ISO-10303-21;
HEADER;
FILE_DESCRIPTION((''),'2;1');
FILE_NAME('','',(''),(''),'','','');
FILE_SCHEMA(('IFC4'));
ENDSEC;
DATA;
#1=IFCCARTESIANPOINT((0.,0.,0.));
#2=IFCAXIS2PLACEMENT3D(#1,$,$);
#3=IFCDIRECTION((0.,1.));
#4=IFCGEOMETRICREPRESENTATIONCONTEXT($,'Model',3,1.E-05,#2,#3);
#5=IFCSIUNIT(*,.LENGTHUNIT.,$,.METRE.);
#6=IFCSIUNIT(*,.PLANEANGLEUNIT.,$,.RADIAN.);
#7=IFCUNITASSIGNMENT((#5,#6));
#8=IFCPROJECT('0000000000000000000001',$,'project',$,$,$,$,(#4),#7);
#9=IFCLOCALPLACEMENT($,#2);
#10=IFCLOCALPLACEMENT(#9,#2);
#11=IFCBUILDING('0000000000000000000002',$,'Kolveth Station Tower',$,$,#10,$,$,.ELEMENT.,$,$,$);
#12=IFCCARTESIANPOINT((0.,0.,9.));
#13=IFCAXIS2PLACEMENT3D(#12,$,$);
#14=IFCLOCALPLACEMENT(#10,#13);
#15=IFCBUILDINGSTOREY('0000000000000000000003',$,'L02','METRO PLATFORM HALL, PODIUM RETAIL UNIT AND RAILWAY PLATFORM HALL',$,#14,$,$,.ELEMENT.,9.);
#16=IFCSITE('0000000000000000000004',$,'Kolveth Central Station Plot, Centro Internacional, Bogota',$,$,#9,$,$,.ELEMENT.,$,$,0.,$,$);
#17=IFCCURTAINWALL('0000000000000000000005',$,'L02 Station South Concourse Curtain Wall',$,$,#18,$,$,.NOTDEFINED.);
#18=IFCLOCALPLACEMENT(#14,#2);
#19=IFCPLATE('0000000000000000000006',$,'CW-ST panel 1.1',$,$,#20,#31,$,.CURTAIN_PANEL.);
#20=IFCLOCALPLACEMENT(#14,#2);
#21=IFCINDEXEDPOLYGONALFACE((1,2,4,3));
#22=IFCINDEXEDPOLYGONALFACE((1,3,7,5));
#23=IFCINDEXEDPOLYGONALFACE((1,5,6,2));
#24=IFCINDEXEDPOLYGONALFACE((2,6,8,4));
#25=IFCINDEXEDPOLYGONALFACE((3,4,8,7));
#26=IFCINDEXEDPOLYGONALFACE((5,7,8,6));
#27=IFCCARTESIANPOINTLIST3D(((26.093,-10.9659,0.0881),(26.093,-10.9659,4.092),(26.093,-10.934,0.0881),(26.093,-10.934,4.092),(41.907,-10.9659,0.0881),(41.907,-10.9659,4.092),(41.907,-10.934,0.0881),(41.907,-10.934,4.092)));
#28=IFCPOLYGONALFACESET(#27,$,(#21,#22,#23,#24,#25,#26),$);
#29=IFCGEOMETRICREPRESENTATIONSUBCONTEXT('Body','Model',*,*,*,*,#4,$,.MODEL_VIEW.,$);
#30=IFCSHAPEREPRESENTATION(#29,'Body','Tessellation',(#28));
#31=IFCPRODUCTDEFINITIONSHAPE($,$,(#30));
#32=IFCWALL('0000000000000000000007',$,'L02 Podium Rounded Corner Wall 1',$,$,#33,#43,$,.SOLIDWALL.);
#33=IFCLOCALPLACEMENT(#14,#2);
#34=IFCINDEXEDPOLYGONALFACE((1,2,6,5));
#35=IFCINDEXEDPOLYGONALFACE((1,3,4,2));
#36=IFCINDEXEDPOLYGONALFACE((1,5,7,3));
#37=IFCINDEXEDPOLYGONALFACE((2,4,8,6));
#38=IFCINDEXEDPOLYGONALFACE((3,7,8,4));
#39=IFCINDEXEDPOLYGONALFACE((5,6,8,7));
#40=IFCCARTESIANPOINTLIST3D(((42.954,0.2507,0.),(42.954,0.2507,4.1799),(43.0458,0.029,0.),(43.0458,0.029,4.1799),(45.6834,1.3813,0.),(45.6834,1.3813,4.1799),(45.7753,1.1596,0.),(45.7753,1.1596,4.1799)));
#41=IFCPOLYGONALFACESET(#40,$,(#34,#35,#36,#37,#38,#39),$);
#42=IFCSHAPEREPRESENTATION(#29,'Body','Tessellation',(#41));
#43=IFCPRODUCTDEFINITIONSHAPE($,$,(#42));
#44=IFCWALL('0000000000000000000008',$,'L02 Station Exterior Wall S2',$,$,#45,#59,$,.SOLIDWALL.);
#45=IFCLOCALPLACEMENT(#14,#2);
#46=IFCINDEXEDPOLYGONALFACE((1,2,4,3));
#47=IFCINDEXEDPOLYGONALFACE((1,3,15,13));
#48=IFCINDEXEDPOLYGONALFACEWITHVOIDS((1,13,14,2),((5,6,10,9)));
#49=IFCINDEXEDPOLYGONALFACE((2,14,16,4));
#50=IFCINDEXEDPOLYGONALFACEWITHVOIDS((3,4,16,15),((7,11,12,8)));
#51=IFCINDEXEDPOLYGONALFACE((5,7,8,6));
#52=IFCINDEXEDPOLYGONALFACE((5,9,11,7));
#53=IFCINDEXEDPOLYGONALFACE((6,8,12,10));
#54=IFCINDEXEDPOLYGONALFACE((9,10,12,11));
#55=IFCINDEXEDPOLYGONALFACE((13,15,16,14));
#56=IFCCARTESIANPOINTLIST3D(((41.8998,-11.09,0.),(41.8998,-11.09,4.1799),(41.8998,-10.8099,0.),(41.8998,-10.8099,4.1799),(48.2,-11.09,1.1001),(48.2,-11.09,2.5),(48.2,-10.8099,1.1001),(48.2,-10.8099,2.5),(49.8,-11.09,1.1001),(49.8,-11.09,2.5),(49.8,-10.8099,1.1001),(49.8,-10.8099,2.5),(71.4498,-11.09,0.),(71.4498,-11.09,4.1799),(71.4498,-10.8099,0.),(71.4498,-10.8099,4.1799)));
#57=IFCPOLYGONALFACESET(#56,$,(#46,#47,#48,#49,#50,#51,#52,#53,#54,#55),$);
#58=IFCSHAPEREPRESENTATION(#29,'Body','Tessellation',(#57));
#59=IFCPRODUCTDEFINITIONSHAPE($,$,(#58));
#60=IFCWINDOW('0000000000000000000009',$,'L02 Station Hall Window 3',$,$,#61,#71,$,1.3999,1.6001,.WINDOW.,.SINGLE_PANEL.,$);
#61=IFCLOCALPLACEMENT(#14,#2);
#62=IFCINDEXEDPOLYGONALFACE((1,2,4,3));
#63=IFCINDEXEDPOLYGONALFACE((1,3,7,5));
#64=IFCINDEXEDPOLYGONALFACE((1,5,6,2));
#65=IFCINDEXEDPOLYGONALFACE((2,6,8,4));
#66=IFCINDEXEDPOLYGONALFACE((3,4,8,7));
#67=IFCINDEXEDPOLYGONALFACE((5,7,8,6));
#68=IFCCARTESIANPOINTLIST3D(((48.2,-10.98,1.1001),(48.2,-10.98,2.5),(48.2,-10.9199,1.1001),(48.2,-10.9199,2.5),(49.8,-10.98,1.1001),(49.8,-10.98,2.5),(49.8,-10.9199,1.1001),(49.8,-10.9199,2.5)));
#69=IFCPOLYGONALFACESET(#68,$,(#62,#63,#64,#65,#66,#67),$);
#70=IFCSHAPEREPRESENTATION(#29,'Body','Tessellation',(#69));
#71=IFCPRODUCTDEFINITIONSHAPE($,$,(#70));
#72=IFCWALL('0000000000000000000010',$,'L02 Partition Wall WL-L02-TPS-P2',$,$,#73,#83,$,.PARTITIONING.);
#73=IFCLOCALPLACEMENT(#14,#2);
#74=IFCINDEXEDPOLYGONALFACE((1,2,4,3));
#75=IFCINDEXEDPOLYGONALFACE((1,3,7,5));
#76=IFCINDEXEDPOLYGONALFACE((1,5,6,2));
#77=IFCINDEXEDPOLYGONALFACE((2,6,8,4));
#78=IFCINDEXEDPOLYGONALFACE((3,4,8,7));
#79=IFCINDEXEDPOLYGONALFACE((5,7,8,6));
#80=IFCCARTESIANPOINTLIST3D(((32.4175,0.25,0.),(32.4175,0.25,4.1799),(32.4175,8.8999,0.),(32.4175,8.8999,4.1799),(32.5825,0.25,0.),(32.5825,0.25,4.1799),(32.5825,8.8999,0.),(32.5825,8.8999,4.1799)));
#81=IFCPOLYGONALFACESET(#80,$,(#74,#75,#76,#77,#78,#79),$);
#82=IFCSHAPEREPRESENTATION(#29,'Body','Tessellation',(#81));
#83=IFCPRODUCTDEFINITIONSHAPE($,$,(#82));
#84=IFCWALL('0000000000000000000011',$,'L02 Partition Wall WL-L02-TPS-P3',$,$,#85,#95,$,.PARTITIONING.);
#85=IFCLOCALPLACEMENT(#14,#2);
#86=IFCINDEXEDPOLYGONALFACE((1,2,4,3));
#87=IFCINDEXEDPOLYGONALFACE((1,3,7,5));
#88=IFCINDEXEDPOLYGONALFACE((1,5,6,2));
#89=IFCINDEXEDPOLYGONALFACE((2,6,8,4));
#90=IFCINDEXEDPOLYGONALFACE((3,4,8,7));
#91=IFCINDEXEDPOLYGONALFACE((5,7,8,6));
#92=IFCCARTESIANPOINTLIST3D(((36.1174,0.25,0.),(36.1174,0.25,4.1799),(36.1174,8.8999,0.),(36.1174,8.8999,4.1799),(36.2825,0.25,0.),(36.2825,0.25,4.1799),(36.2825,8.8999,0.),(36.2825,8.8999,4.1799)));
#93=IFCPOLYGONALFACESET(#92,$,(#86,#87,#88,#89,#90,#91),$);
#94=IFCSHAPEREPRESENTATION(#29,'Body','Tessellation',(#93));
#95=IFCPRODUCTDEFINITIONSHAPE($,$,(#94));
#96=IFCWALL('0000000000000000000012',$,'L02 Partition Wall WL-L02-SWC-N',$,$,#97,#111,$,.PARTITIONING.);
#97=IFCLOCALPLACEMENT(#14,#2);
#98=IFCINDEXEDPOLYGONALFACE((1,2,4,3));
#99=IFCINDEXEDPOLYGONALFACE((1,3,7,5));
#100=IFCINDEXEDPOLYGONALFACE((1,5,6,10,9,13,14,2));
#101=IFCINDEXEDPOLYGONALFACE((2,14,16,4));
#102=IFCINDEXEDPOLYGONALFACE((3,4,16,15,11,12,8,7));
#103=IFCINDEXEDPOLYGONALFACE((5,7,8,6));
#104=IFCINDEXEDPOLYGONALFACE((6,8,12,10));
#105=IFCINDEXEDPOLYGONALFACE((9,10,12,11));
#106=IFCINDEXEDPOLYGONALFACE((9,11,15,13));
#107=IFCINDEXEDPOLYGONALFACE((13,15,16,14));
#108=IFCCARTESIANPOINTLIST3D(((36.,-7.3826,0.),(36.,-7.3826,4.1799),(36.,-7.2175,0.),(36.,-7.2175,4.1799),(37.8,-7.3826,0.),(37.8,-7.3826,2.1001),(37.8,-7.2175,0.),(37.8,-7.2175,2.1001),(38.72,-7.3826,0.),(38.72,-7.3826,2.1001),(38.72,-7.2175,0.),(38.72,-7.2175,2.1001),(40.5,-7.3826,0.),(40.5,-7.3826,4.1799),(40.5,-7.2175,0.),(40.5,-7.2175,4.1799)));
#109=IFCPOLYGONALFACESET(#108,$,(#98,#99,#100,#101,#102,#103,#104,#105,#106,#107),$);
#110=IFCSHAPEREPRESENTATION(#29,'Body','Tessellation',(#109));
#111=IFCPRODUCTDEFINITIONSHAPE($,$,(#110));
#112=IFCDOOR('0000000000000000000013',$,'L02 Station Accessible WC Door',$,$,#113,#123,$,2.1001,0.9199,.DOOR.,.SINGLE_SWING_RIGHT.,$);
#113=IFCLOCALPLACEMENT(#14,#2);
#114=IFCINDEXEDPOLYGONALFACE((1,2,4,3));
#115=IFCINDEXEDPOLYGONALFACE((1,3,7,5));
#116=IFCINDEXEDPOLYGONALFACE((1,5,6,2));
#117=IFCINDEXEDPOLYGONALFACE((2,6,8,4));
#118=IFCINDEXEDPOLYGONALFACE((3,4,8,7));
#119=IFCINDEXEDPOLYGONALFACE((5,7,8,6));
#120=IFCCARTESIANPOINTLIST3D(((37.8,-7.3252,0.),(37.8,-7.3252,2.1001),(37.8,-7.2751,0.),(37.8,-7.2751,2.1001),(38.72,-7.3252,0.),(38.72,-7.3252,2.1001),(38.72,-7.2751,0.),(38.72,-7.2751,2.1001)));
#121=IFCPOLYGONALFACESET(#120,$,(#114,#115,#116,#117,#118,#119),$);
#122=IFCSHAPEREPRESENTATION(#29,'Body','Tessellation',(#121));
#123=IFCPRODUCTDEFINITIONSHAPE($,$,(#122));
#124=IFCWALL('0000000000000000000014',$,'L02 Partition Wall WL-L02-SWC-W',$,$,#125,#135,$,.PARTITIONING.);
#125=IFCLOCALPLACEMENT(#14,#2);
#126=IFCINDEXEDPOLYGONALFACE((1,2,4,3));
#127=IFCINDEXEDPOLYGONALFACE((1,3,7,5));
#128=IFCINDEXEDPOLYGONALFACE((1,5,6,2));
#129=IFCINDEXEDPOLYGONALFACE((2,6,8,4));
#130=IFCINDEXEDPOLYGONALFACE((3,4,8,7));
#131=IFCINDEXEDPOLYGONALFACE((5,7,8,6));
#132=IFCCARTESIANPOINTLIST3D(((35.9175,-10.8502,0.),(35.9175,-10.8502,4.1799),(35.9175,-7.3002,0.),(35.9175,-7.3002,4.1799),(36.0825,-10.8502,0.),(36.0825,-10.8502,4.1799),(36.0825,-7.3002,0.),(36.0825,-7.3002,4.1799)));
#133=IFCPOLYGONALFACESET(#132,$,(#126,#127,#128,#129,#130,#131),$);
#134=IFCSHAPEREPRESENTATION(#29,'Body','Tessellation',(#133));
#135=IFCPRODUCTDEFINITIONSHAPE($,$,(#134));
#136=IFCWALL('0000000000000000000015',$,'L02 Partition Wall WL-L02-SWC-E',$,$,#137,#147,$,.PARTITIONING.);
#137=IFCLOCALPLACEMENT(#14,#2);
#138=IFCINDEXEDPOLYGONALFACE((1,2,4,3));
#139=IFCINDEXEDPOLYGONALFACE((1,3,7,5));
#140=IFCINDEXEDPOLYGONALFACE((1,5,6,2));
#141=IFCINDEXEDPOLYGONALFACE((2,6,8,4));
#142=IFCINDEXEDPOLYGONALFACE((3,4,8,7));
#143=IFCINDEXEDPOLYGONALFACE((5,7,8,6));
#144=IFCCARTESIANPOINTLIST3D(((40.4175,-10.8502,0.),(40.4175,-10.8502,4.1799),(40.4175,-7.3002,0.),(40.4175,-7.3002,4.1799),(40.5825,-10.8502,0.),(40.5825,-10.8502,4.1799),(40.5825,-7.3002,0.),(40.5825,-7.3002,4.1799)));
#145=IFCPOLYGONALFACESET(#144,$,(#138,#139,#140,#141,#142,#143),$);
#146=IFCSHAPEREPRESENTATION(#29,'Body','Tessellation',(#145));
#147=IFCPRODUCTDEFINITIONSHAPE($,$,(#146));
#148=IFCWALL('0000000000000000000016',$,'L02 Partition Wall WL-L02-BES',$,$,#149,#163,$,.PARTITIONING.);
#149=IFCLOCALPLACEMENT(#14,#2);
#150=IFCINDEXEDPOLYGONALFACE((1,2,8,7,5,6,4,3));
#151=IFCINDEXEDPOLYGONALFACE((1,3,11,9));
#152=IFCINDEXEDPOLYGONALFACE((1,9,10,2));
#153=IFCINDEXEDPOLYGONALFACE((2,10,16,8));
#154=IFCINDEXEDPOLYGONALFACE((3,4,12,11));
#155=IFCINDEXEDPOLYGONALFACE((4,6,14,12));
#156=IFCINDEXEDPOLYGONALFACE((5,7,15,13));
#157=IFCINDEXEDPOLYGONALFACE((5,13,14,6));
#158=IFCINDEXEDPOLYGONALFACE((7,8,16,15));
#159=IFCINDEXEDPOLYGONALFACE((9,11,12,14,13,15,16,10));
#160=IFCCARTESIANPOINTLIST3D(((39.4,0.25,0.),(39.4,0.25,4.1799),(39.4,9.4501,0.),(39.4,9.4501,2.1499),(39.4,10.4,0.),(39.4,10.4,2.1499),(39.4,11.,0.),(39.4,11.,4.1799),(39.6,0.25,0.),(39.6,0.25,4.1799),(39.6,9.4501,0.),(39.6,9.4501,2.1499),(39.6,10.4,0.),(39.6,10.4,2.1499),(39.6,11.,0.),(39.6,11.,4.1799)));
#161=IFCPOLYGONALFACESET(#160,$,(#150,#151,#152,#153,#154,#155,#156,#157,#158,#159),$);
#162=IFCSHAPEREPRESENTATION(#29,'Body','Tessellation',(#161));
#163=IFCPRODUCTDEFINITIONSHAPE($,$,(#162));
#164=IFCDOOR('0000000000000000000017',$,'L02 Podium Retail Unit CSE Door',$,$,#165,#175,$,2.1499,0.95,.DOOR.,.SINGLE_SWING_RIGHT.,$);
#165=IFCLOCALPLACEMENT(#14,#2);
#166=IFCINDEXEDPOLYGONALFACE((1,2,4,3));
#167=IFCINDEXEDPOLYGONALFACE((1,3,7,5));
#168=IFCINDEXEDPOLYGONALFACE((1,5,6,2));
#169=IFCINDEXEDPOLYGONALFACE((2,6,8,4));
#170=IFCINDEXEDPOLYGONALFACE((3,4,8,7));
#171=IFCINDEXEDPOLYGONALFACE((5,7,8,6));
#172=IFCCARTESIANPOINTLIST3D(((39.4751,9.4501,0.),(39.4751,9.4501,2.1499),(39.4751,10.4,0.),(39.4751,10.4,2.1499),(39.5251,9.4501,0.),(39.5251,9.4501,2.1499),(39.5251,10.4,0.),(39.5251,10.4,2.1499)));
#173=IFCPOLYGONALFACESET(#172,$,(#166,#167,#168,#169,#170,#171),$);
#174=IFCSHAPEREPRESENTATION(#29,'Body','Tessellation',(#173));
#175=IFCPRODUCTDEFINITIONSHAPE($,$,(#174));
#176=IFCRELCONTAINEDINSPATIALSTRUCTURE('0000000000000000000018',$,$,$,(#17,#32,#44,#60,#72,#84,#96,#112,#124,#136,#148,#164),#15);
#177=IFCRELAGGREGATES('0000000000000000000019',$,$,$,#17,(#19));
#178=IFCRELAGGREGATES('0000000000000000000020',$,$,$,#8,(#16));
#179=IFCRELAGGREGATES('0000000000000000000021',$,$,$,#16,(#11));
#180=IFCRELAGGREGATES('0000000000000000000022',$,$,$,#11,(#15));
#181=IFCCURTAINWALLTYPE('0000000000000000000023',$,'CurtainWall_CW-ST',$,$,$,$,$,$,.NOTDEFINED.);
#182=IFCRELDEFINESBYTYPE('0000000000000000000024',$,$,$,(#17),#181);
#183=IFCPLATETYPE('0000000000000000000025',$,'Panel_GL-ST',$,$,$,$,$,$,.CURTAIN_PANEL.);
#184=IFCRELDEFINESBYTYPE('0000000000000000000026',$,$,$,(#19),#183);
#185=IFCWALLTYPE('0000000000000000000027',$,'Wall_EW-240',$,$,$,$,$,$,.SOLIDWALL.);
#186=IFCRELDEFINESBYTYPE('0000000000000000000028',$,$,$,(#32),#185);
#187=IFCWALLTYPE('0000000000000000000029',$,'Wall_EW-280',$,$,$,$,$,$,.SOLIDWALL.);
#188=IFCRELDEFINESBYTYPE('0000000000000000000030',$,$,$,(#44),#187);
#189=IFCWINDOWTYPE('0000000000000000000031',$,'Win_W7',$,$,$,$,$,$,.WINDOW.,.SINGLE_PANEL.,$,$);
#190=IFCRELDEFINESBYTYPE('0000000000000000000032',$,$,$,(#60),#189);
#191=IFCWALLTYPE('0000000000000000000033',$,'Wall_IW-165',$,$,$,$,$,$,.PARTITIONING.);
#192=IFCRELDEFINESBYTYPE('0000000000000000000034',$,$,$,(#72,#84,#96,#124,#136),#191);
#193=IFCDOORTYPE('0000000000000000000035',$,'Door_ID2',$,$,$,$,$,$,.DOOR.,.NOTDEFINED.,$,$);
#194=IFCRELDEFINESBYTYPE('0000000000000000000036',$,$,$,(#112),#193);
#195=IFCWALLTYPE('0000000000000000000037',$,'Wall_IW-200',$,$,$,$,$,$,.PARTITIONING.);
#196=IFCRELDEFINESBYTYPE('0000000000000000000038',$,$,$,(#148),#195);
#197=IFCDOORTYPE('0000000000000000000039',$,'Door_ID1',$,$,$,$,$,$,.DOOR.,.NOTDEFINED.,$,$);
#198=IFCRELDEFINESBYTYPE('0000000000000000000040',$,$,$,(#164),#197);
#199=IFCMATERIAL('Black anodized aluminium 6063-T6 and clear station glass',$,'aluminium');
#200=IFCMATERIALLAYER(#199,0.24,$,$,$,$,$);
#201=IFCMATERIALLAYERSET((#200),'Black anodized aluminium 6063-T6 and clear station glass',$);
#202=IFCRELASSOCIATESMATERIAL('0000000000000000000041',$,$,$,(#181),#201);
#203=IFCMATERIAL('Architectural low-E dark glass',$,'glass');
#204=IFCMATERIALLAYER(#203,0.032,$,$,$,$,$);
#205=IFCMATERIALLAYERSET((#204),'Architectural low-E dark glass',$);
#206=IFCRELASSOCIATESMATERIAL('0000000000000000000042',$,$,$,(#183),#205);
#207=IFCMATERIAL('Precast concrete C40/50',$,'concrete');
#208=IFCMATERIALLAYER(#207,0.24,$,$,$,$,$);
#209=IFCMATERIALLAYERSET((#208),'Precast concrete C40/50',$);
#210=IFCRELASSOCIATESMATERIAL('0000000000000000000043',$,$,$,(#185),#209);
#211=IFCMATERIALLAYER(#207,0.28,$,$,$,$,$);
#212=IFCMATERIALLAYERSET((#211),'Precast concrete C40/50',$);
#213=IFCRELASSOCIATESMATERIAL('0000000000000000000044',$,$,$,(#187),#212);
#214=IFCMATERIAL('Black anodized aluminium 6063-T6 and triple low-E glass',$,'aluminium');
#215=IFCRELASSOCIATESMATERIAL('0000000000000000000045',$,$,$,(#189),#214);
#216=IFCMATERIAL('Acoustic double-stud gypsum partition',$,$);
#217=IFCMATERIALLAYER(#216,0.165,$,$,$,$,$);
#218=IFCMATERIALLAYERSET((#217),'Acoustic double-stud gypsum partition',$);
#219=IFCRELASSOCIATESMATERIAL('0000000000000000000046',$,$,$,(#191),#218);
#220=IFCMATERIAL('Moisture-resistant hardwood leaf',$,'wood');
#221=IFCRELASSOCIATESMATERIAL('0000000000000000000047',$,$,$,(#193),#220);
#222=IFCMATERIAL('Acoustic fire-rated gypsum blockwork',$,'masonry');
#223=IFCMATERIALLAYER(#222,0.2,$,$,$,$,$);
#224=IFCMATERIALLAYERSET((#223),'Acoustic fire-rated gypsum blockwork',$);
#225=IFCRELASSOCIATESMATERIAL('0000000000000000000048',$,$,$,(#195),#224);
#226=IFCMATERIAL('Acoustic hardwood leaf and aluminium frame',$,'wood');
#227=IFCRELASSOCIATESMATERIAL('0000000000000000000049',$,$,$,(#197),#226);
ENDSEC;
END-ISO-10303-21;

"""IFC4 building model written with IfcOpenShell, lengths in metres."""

from ifc_helpers import new_model, si_unit, direction, frame, frame_2d, origin, origin_2d, place, context, subcontext, project, spatial, rectangle, extrude, source, transform, mapped, material, layer, layer_set, type_object, element, fill, aggregate, save


model = new_model("IFC4")

# Units and contexts
model_context = context("Model", 3, precision=1e-05, world=origin(), true_north=direction((0.0, 1.0)))
body_context = subcontext(model_context, "Body", "Model", "MODEL_VIEW")
ifc_project = project(units=[si_unit("LENGTHUNIT", "METRE"), si_unit("PLANEANGLEUNIT", "RADIAN")], contexts=[model_context])

# Site, building, storey
site_placement = place(None, origin())
site = spatial("IfcSite", under=ifc_project, at=site_placement, Name="Kolveth Central Station Plot, Centro Internacional, Bogota", CompositionType="ELEMENT", RefElevation=0.0)
building_placement = place(site_placement, origin())
building = spatial("IfcBuilding", under=site, at=building_placement, Name="Kolveth Station Tower", CompositionType="ELEMENT")
storey_placement = place(building_placement, frame((0.0, 0.0, 9.0)))
storey = spatial("IfcBuildingStorey", under=building, at=storey_placement, Name="L02", Description="METRO PLATFORM HALL, PODIUM RETAIL UNIT AND RAILWAY PLATFORM HALL", CompositionType="ELEMENT", Elevation=9.0)

# Shared definitions
ifc_material_1 = material(Name="Black anodized aluminium 6063-T6 and clear station glass", Category="aluminium")
ifc_layer_1 = layer(ifc_material_1, 0.24)
ifc_layer_set_1 = layer_set([ifc_layer_1], Name="Black anodized aluminium 6063-T6 and clear station glass")
curtain_wall_type = type_object("IfcCurtainWallType", Name="CurtainWall_CW-ST", PredefinedType="NOTDEFINED", material=ifc_layer_set_1)

# Curtain wall
curtain_wall_1_placement = place(storey_placement, origin())
curtain_wall_1 = element("IfcCurtainWall", 1, at=curtain_wall_1_placement, inside=storey, type_object=curtain_wall_type, Name="L02 Station South Concourse Curtain Wall", PredefinedType="NOTDEFINED")

# Plate
ifc_material_2 = material(Name="Architectural low-E dark glass", Category="glass")
ifc_layer_2 = layer(ifc_material_2, 0.032)
ifc_layer_set_2 = layer_set([ifc_layer_2], Name="Architectural low-E dark glass")
plate_type = type_object("IfcPlateType", Name="Panel_GL-ST", PredefinedType="CURTAIN_PANEL", material=ifc_layer_set_2)
shared_shape_1 = source(origin(), body_context, "Body", "SweptSolid", [
    extrude(rectangle(XDim=15.814, YDim=0.032, at=origin_2d()), origin(), (0.0, 0.0, 1.0), 4.0039),
])
plate_1_placement = place(storey_placement, frame((34.0, -10.95, 0.0881), z_axis=(0.0, 0.0, 1.0), x_axis=(1.0, 0.0, 0.0)))
plate_1 = element("IfcPlate", 2, at=plate_1_placement, type_object=plate_type, Name="CW-ST panel 1.1", PredefinedType="CURTAIN_PANEL", context=body_context, shape_type="MappedRepresentation", body=[
    mapped(shared_shape_1, transform((0.0, 0.0, 0.0), x_axis=(1.0, 0.0, 0.0), y_axis=(0.0, 1.0, 0.0), z_axis=(0.0, 0.0, 1.0), scale=1.0)),
])
aggregate(curtain_wall_1, [plate_1])

# Wall
ifc_material_3 = material(Name="Precast concrete C40/50", Category="concrete")
ifc_layer_3 = layer(ifc_material_3, 0.24)
ifc_layer_set_3 = layer_set([ifc_layer_3], Name="Precast concrete C40/50")
wall_type_1 = type_object("IfcWallType", Name="Wall_EW-240", PredefinedType="SOLIDWALL", material=ifc_layer_set_3)
wall_1_placement = place(storey_placement, frame((43.0, 0.1399, 0.0), z_axis=(0.0, 0.0, 1.0), x_axis=(0.923877, 0.38269, 0.0)))
element("IfcWall", 3, at=wall_1_placement, inside=storey, type_object=wall_type_1, Name="L02 Podium Rounded Corner Wall 1", PredefinedType="SOLIDWALL", context=body_context, shape_type="SweptSolid", body=[
    extrude(rectangle(XDim=2.9543, YDim=0.24, at=frame_2d((1.4771, 0.0))), origin(), (0.0, 0.0, 1.0), 4.1799),
])

# Wall, opening, window
ifc_layer_4 = layer(ifc_material_3, 0.28)
ifc_layer_set_4 = layer_set([ifc_layer_4], Name="Precast concrete C40/50")
wall_type_2 = type_object("IfcWallType", Name="Wall_EW-280", PredefinedType="SOLIDWALL", material=ifc_layer_set_4)
wall_2_placement = place(storey_placement, frame((41.8999, -10.95, 0.0), z_axis=(0.0, 0.0, 1.0), x_axis=(1.0, 0.0, 0.0)))
wall_2 = element("IfcWall", 4, at=wall_2_placement, inside=storey, type_object=wall_type_2, Name="L02 Station Exterior Wall S2", PredefinedType="SOLIDWALL", context=body_context, shape_type="SweptSolid", body=[
    extrude(rectangle(XDim=29.55, YDim=0.28, at=frame_2d((14.7749, 0.0))), origin(), (0.0, 0.0, 1.0), 4.1799),
])
opening_1_placement = place(wall_2_placement, frame((6.3, 0.0, 1.1001)))
opening_1 = element("IfcOpeningElement", 5, at=opening_1_placement, cuts=wall_2, PredefinedType="OPENING", context=body_context, shape_type="SweptSolid", body=[
    extrude(rectangle(XDim=1.6001, YDim=1.3999, at=frame_2d((0.8, 0.7))), frame((0.0, 0.1499, 0.0), z_axis=(0.0, -1.0, 0.0), x_axis=(1.0, 0.0, 0.0)), (0.0, 0.0, 1.0), 0.3),
])
ifc_material_4 = material(Name="Black anodized aluminium 6063-T6 and triple low-E glass", Category="aluminium")
window_type = type_object("IfcWindowType", Name="Win_W7", PartitioningType="SINGLE_PANEL", PredefinedType="WINDOW", material=ifc_material_4)
window_placement = place(opening_1_placement, origin())
window = element("IfcWindow", 6, at=window_placement, inside=storey, type_object=window_type, Name="L02 Station Hall Window 3", OverallHeight=1.3999, OverallWidth=1.6001, PartitioningType="SINGLE_PANEL", PredefinedType="WINDOW", context=body_context, shape_type="SweptSolid", body=[
    extrude(rectangle(XDim=1.6001, YDim=1.3999, at=frame_2d((0.8, 0.7))), frame((0.0, 0.03, 0.0), z_axis=(0.0, -1.0, 0.0), x_axis=(1.0, 0.0, 0.0)), (0.0, 0.0, 1.0), 0.0601),
])
fill(opening_1, window)

# Walls
ifc_material_5 = material(Name="Acoustic double-stud gypsum partition")
ifc_layer_5 = layer(ifc_material_5, 0.165)
ifc_layer_set_5 = layer_set([ifc_layer_5], Name="Acoustic double-stud gypsum partition")
wall_type_3 = type_object("IfcWallType", Name="Wall_IW-165", PredefinedType="PARTITIONING", material=ifc_layer_set_5)
for number, where, z_axis, x_axis, name in (
    (7, (32.5, 0.25, 0.0), (0.0, 0.0, 1.0), (0.0, 1.0, 0.0), "L02 Partition Wall WL-L02-TPS-P2"),
    (8, (36.2, 0.25, 0.0), (0.0, 0.0, 1.0), (0.0, 1.0, 0.0), "L02 Partition Wall WL-L02-TPS-P3"),
):
    element("IfcWall", number, at=place(storey_placement, frame(where, z_axis=z_axis, x_axis=x_axis)), inside=storey, type_object=wall_type_3, Name=name, PredefinedType="PARTITIONING", context=body_context, shape_type="SweptSolid", body=[
        extrude(rectangle(XDim=8.6499, YDim=0.165, at=frame_2d((4.325, 0.0))), origin(), (0.0, 0.0, 1.0), 4.1799),
    ])

# Wall, opening, door
wall_3_placement = place(storey_placement, frame((36.0, -7.3, 0.0), z_axis=(0.0, 0.0, 1.0), x_axis=(1.0, 0.0, 0.0)))
wall_3 = element("IfcWall", 9, at=wall_3_placement, inside=storey, type_object=wall_type_3, Name="L02 Partition Wall WL-L02-SWC-N", PredefinedType="PARTITIONING", context=body_context, shape_type="SweptSolid", body=[
    extrude(rectangle(XDim=4.5, YDim=0.165, at=frame_2d((2.25, 0.0))), origin(), (0.0, 0.0, 1.0), 4.1799),
])
opening_2_placement = place(wall_3_placement, frame((1.8, 0.0, 0.0)))
opening_2 = element("IfcOpeningElement", 10, at=opening_2_placement, cuts=wall_3, PredefinedType="OPENING", context=body_context, shape_type="SweptSolid", body=[
    extrude(rectangle(XDim=0.9199, YDim=2.1001, at=frame_2d((0.46, 1.05))), frame((0.0, 0.0925, 0.0), z_axis=(0.0, -1.0, 0.0), x_axis=(1.0, 0.0, 0.0)), (0.0, 0.0, 1.0), 0.1851),
])
ifc_material_6 = material(Name="Moisture-resistant hardwood leaf", Category="wood")
door_type_1 = type_object("IfcDoorType", Name="Door_ID2", OperationType="NOTDEFINED", PredefinedType="DOOR", material=ifc_material_6)
door_1_placement = place(opening_2_placement, origin())
door_1 = element("IfcDoor", 11, at=door_1_placement, inside=storey, type_object=door_type_1, Name="L02 Station Accessible WC Door", OperationType="SINGLE_SWING_RIGHT", OverallHeight=2.1001, OverallWidth=0.9199, PredefinedType="DOOR", context=body_context, shape_type="SweptSolid", body=[
    extrude(rectangle(XDim=0.9199, YDim=2.1001, at=frame_2d((0.46, 1.05))), frame((0.0, 0.0249, 0.0), z_axis=(0.0, -1.0, 0.0), x_axis=(1.0, 0.0, 0.0)), (0.0, 0.0, 1.0), 0.05),
])
fill(opening_2, door_1)

# Walls
for number, where, z_axis, x_axis, name in (
    (12, (36.0, -10.8501, 0.0), (0.0, 0.0, 1.0), (0.0, 1.0, 0.0), "L02 Partition Wall WL-L02-SWC-W"),
    (13, (40.5, -10.8501, 0.0), (0.0, 0.0, 1.0), (0.0, 1.0, 0.0), "L02 Partition Wall WL-L02-SWC-E"),
):
    element("IfcWall", number, at=place(storey_placement, frame(where, z_axis=z_axis, x_axis=x_axis)), inside=storey, type_object=wall_type_3, Name=name, PredefinedType="PARTITIONING", context=body_context, shape_type="SweptSolid", body=[
        extrude(rectangle(XDim=3.55, YDim=0.165, at=frame_2d((1.7749, 0.0))), origin(), (0.0, 0.0, 1.0), 4.1799),
    ])

# Wall, opening, door
ifc_material_7 = material(Name="Acoustic fire-rated gypsum blockwork", Category="masonry")
ifc_layer_6 = layer(ifc_material_7, 0.2)
ifc_layer_set_6 = layer_set([ifc_layer_6], Name="Acoustic fire-rated gypsum blockwork")
wall_type_4 = type_object("IfcWallType", Name="Wall_IW-200", PredefinedType="PARTITIONING", material=ifc_layer_set_6)
wall_4_placement = place(storey_placement, frame((39.5, 0.25, 0.0), z_axis=(0.0, 0.0, 1.0), x_axis=(0.0, 1.0, 0.0)))
wall_4 = element("IfcWall", 14, at=wall_4_placement, inside=storey, type_object=wall_type_4, Name="L02 Partition Wall WL-L02-BES", PredefinedType="PARTITIONING", context=body_context, shape_type="SweptSolid", body=[
    extrude(rectangle(XDim=10.75, YDim=0.2, at=frame_2d((5.375, 0.0))), origin(), (0.0, 0.0, 1.0), 4.1799),
])
opening_3_placement = place(wall_4_placement, frame((9.2, 0.0, 0.0)))
opening_3 = element("IfcOpeningElement", 15, at=opening_3_placement, cuts=wall_4, PredefinedType="OPENING", context=body_context, shape_type="SweptSolid", body=[
    extrude(rectangle(XDim=0.95, YDim=2.1499, at=frame_2d((0.4751, 1.075))), frame((0.0, 0.1099, 0.0), z_axis=(0.0, -1.0, 0.0), x_axis=(1.0, 0.0, 0.0)), (0.0, 0.0, 1.0), 0.22),
])
ifc_material_8 = material(Name="Acoustic hardwood leaf and aluminium frame", Category="wood")
door_type_2 = type_object("IfcDoorType", Name="Door_ID1", OperationType="NOTDEFINED", PredefinedType="DOOR", material=ifc_material_8)
door_2_placement = place(opening_3_placement, origin())
door_2 = element("IfcDoor", 16, at=door_2_placement, inside=storey, type_object=door_type_2, Name="L02 Podium Retail Unit CSE Door", OperationType="SINGLE_SWING_RIGHT", OverallHeight=2.1499, OverallWidth=0.95, PredefinedType="DOOR", context=body_context, shape_type="SweptSolid", body=[
    extrude(rectangle(XDim=0.95, YDim=2.1499, at=frame_2d((0.4751, 1.075))), frame((0.0, 0.0249, 0.0), z_axis=(0.0, -1.0, 0.0), x_axis=(1.0, 0.0, 0.0)), (0.0, 0.0, 1.0), 0.05),
])
fill(opening_3, door_2)

save(model, "model.ifc")
